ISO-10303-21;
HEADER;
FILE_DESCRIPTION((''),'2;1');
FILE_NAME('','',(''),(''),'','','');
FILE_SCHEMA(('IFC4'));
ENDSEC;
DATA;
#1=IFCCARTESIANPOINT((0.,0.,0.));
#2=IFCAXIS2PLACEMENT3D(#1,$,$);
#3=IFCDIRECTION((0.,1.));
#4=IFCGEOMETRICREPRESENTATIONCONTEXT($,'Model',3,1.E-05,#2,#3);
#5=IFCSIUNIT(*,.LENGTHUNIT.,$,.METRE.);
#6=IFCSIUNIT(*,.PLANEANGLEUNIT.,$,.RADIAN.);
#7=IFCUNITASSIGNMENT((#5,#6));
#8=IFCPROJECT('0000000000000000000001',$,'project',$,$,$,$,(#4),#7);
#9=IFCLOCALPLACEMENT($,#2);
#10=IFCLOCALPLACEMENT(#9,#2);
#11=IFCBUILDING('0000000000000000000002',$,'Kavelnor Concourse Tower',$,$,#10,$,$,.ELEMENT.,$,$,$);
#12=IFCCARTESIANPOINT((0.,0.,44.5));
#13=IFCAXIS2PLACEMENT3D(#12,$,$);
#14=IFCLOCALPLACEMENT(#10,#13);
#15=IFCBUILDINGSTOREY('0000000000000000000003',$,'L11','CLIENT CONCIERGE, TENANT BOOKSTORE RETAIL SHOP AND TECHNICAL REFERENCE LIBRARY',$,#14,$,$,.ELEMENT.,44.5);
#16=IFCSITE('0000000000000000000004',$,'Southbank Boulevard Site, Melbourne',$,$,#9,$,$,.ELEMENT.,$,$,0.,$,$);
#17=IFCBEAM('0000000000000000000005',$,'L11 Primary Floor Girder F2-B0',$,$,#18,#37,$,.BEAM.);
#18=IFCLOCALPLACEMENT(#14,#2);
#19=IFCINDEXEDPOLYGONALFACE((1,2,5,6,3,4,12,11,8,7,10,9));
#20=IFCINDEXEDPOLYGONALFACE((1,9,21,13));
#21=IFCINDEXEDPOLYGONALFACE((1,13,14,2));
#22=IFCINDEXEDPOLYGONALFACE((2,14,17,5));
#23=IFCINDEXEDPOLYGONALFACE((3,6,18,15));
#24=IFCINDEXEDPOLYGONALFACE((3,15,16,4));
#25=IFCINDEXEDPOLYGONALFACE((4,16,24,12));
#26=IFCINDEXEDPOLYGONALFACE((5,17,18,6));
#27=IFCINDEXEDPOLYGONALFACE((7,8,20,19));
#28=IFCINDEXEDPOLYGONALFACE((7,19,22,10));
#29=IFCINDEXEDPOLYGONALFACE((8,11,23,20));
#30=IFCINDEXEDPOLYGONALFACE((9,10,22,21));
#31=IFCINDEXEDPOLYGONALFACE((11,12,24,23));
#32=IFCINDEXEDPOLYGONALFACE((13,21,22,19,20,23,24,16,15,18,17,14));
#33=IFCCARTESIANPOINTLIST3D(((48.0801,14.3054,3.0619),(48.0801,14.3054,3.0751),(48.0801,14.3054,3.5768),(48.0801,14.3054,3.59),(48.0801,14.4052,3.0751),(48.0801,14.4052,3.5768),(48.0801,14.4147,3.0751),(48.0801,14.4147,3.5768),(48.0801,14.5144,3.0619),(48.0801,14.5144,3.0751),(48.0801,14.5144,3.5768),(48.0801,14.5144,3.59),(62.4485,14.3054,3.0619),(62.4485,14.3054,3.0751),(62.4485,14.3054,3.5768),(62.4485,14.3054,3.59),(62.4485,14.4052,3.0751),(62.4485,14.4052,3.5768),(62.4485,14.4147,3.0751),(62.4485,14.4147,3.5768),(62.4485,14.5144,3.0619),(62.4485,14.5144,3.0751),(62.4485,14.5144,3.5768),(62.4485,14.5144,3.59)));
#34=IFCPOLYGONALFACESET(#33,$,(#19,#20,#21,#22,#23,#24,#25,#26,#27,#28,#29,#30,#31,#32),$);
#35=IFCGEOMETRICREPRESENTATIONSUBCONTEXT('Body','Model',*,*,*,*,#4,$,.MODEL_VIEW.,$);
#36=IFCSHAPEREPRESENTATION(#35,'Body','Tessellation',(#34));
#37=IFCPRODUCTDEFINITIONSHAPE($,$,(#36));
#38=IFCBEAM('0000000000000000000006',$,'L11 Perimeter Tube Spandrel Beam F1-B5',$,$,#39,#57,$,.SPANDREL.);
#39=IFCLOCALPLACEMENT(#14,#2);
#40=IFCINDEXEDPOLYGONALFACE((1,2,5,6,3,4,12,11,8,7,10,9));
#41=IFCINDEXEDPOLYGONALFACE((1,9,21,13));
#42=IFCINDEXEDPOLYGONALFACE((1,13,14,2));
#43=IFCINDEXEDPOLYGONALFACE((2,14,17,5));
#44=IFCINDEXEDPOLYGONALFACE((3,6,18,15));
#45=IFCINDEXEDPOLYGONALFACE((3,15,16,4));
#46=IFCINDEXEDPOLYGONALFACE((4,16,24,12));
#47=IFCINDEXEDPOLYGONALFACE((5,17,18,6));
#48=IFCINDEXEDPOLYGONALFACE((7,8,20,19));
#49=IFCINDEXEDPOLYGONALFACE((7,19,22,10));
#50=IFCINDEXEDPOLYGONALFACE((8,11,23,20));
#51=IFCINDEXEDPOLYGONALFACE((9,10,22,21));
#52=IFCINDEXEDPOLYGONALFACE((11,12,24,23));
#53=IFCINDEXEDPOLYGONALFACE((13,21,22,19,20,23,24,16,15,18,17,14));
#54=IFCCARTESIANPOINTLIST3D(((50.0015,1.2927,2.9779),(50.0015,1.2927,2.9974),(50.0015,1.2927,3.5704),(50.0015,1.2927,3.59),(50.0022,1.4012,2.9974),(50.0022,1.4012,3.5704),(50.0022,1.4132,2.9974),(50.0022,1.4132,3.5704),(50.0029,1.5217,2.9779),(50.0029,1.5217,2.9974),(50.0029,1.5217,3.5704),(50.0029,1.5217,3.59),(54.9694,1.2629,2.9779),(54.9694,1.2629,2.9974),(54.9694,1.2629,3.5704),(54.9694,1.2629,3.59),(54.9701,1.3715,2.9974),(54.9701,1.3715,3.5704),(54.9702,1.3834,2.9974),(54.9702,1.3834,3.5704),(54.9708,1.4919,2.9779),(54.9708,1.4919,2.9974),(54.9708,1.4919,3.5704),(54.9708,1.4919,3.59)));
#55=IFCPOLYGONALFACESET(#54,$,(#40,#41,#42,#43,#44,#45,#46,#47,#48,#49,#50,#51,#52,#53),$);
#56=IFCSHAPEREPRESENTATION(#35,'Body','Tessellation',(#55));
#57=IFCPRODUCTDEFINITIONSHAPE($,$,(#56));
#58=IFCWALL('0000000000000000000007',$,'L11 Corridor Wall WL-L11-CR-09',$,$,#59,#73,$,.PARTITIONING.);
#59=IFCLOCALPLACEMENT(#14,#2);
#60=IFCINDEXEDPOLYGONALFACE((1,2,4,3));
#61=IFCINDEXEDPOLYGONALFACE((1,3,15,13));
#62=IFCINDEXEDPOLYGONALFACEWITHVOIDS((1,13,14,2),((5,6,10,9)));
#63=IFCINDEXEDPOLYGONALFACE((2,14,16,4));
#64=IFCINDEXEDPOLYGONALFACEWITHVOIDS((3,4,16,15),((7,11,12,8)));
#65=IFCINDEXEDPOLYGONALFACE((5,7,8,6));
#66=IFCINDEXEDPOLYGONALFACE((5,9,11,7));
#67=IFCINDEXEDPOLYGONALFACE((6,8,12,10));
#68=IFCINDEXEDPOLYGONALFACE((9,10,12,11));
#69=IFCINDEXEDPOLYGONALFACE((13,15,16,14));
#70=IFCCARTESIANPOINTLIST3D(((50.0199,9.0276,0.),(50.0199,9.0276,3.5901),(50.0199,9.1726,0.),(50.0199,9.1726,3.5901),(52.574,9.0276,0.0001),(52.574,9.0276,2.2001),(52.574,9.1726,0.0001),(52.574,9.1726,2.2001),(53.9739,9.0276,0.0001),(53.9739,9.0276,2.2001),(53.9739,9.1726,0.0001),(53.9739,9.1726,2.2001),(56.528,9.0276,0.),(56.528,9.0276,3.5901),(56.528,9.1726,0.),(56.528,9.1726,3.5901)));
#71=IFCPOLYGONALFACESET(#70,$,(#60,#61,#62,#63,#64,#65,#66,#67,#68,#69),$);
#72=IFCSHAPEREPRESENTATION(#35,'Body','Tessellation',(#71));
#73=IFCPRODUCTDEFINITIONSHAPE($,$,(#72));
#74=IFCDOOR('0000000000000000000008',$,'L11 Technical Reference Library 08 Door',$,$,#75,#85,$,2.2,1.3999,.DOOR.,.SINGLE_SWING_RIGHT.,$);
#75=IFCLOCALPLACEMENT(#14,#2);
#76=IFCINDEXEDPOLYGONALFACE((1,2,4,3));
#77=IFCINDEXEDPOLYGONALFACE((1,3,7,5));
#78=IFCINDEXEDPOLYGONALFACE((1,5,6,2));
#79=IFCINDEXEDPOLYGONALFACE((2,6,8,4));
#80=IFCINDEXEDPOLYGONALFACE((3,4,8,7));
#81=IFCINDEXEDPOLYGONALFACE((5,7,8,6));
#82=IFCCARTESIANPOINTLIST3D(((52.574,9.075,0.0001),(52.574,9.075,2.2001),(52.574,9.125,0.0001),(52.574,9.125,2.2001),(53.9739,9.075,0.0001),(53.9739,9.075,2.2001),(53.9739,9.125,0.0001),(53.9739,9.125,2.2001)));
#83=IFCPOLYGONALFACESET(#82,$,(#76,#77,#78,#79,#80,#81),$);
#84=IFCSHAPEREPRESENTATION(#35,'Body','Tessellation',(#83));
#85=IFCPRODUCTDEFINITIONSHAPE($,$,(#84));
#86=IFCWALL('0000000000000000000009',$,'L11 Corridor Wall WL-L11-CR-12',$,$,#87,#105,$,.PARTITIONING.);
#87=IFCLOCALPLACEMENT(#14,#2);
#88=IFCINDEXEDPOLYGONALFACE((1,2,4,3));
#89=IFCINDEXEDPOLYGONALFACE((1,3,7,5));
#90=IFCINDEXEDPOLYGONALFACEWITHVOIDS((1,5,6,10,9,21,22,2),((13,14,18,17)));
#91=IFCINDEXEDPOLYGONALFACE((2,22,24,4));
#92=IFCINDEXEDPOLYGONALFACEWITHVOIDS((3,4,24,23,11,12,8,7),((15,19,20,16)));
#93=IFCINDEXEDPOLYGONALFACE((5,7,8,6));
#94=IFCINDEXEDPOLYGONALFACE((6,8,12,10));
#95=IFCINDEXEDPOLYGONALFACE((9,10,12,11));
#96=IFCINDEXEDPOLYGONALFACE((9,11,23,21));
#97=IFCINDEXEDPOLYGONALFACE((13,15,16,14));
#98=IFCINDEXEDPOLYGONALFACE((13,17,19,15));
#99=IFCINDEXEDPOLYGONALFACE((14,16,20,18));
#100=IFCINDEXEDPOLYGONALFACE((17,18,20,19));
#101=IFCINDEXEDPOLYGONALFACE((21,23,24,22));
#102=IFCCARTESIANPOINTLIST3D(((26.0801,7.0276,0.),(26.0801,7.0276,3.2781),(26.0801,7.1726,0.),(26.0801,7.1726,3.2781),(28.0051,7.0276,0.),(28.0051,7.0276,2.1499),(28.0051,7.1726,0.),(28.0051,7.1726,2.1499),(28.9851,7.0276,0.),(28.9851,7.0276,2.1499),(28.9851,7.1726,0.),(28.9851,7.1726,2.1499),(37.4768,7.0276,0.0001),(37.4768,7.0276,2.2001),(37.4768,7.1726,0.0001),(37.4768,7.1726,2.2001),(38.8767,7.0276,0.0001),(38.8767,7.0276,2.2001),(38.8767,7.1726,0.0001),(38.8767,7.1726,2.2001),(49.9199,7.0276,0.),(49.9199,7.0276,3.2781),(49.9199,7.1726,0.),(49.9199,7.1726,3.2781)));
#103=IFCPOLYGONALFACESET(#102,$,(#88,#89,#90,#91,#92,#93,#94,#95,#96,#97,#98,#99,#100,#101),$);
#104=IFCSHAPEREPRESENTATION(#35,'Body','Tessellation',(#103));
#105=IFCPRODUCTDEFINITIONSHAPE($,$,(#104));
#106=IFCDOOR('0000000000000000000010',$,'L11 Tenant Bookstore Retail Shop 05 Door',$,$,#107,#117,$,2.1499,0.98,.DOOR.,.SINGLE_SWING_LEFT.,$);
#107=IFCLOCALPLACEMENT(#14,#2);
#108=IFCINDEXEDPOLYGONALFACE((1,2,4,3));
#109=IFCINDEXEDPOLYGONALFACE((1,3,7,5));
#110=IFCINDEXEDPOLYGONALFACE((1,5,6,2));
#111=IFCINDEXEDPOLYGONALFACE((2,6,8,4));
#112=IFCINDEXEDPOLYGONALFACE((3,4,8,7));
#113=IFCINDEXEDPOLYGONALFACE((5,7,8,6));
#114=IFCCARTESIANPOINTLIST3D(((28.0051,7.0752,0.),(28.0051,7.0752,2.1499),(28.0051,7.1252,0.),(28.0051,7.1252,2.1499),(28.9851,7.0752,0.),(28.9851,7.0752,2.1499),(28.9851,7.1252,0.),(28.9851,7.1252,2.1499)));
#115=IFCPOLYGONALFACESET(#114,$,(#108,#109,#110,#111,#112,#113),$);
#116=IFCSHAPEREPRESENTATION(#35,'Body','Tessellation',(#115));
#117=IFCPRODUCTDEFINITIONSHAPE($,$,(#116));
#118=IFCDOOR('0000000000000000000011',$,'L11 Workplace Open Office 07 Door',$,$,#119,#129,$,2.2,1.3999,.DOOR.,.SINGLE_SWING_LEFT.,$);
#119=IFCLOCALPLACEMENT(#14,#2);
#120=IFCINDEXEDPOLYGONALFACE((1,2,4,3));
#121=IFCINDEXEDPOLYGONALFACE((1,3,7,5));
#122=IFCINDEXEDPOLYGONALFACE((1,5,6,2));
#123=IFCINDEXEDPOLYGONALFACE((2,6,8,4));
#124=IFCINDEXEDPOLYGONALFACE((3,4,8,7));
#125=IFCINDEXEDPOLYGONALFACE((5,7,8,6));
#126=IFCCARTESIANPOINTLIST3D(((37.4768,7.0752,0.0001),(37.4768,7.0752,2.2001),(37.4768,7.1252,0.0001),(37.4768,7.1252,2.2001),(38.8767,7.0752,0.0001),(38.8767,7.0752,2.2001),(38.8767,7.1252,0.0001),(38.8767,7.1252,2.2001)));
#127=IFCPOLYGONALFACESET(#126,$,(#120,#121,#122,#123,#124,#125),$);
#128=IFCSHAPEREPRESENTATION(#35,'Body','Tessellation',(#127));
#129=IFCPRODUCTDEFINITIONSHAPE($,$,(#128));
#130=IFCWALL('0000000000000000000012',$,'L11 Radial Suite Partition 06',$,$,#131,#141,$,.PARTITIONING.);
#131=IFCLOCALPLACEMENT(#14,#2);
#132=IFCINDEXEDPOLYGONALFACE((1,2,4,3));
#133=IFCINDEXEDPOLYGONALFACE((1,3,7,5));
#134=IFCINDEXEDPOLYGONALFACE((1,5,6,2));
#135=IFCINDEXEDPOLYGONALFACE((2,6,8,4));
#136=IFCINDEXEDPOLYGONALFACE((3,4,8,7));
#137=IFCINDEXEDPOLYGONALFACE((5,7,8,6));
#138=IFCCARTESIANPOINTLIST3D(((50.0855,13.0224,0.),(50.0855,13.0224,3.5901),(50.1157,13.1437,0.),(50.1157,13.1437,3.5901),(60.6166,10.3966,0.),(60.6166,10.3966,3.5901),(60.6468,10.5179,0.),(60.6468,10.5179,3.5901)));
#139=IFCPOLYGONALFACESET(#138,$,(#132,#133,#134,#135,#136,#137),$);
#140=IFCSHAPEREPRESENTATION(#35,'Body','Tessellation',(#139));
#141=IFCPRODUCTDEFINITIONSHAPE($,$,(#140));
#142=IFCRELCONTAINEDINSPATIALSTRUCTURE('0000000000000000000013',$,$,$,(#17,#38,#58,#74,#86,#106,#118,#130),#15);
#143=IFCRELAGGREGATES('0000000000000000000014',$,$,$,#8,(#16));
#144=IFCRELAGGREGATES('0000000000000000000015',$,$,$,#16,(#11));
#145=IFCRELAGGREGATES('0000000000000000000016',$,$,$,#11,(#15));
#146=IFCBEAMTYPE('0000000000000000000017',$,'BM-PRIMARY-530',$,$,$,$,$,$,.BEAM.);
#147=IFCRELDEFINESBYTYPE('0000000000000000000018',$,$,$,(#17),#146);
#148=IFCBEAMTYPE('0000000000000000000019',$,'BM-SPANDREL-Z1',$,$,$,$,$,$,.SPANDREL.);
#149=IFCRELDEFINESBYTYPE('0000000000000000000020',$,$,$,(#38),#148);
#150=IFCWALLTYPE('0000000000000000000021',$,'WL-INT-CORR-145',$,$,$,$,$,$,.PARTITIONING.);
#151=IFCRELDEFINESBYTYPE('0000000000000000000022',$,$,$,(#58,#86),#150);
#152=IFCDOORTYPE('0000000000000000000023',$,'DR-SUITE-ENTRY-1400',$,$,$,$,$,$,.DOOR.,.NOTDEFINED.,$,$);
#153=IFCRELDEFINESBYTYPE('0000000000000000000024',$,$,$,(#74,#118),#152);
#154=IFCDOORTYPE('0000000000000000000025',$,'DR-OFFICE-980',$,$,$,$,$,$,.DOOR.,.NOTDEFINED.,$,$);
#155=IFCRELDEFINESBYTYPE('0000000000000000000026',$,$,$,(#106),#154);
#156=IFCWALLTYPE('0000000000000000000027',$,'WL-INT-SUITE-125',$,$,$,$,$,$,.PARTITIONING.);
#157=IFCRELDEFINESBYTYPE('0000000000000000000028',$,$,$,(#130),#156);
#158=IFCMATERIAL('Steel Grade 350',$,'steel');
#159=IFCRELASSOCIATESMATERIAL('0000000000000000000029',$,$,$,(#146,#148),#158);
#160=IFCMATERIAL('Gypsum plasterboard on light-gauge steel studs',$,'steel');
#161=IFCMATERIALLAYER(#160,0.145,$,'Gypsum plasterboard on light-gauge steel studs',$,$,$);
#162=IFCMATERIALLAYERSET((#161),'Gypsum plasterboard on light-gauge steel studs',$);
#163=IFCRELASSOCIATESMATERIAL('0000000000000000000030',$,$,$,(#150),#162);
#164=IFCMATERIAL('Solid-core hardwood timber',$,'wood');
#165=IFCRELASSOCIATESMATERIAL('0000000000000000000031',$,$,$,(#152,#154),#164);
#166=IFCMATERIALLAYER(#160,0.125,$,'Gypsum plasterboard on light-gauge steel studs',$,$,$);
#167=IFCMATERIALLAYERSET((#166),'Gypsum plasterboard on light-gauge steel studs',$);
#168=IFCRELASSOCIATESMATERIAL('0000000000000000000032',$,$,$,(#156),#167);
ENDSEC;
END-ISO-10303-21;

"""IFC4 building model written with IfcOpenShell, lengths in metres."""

from ifc_helpers import new_model, si_unit, direction, frame, frame_2d, origin, origin_2d, place, context, subcontext, project, spatial, rectangle, i_section, extrude, material, layer, layer_set, material_profile, profile_set, type_object, element, fill, save


model = new_model("IFC4")

# Units and contexts
model_context = context("Model", 3, precision=1e-05, world=origin(), true_north=direction((0.0, 1.0)))
body_context = subcontext(model_context, "Body", "Model", "MODEL_VIEW")
ifc_project = project(units=[si_unit("LENGTHUNIT", "METRE"), si_unit("PLANEANGLEUNIT", "RADIAN")], contexts=[model_context])

# Site, building, storey
site_placement = place(None, origin())
site = spatial("IfcSite", under=ifc_project, at=site_placement, Name="Southbank Boulevard Site, Melbourne", CompositionType="ELEMENT", RefElevation=0.0)
building_placement = place(site_placement, origin())
building = spatial("IfcBuilding", under=site, at=building_placement, Name="Kavelnor Concourse Tower", CompositionType="ELEMENT")
storey_placement = place(building_placement, frame((0.0, 0.0, 44.5)))
storey = spatial("IfcBuildingStorey", under=building, at=storey_placement, Name="L11", Description="CLIENT CONCIERGE, TENANT BOOKSTORE RETAIL SHOP AND TECHNICAL REFERENCE LIBRARY", CompositionType="ELEMENT", Elevation=44.5)

# Shared definitions
ifc_material_1 = material(Name="Steel Grade 350", Category="steel")

# Beams
ifc_material_profile_1 = material_profile(ifc_material_1, i_section(OverallWidth=0.209, OverallDepth=0.5281, WebThickness=0.0095, FlangeThickness=0.0132, at=origin_2d()), Name="530UB82")
ifc_profile_set_1 = profile_set([ifc_material_profile_1], Name="Steel Grade 350")
beam_type_1 = type_object("IfcBeamType", Name="BM-PRIMARY-530", PredefinedType="BEAM", material=ifc_profile_set_1)
beam_1_placement = place(storey_placement, frame((48.0801, 14.4099, 3.3259), z_axis=(1.0, 0.0, 0.0), x_axis=(0.0, 1.0, 0.0)))
element("IfcBeam", 1, at=beam_1_placement, inside=storey, type_object=beam_type_1, Name="L11 Primary Floor Girder F2-B0", PredefinedType="BEAM", context=body_context, shape_type="SweptSolid", body=[
    extrude(i_section(OverallWidth=0.209, OverallDepth=0.5281, WebThickness=0.0095, FlangeThickness=0.0132, at=origin_2d()), origin(), (0.0, 0.0, 1.0), 14.3684),
])
ifc_material_profile_2 = material_profile(ifc_material_1, i_section(OverallWidth=0.229, OverallDepth=0.6121, WebThickness=0.012, FlangeThickness=0.0195, at=origin_2d()), Name="610UB125")
ifc_profile_set_2 = profile_set([ifc_material_profile_2], Name="Steel Grade 350")
beam_type_2 = type_object("IfcBeamType", Name="BM-SPANDREL-Z1", PredefinedType="SPANDREL", material=ifc_profile_set_2)
beam_2_placement = place(storey_placement, frame((50.0022, 1.4072, 3.2839), z_axis=(0.999982, -0.005995, 0.0), x_axis=(0.005995, 0.999982, 0.0)))
element("IfcBeam", 2, at=beam_2_placement, inside=storey, type_object=beam_type_2, Name="L11 Perimeter Tube Spandrel Beam F1-B5", PredefinedType="SPANDREL", context=body_context, shape_type="SweptSolid", body=[
    extrude(i_section(OverallWidth=0.229, OverallDepth=0.6121, WebThickness=0.012, FlangeThickness=0.0195, at=origin_2d()), origin(), (0.0, 0.0, 1.0), 4.968),
])

# Wall, opening, door
ifc_material_2 = material(Name="Gypsum plasterboard on light-gauge steel studs", Category="steel")
ifc_layer_1 = layer(ifc_material_2, 0.145, Name="Gypsum plasterboard on light-gauge steel studs")
ifc_layer_set_1 = layer_set([ifc_layer_1], Name="Gypsum plasterboard on light-gauge steel studs")
wall_type_1 = type_object("IfcWallType", Name="WL-INT-CORR-145", PredefinedType="PARTITIONING", material=ifc_layer_set_1)
wall_1_placement = place(storey_placement, frame((50.02, 9.1001, 0.0), z_axis=(0.0, 0.0, 1.0), x_axis=(1.0, 0.0, 0.0)))
wall_1 = element("IfcWall", 3, at=wall_1_placement, inside=storey, type_object=wall_type_1, Name="L11 Corridor Wall WL-L11-CR-09", PredefinedType="PARTITIONING", context=body_context, shape_type="SweptSolid", body=[
    extrude(rectangle(XDim=6.5081, YDim=0.145, at=frame_2d((3.2539, 0.0))), origin(), (0.0, 0.0, 1.0), 3.5901),
])
opening_1_placement = place(wall_1_placement, frame((2.554, 0.0, 0.0)))
opening_1 = element("IfcOpeningElement", 4, at=opening_1_placement, cuts=wall_1, PredefinedType="OPENING", context=body_context, shape_type="SweptSolid", body=[
    extrude(rectangle(XDim=1.3999, YDim=2.2, at=frame_2d((0.7, 1.1001))), frame((0.0, 0.0825, 0.0), z_axis=(0.0, -1.0, 0.0), x_axis=(1.0, 0.0, 0.0)), (0.0, 0.0, 1.0), 0.165),
])
ifc_material_3 = material(Name="Solid-core hardwood timber", Category="wood")
door_type_1 = type_object("IfcDoorType", Name="DR-SUITE-ENTRY-1400", OperationType="NOTDEFINED", PredefinedType="DOOR", material=ifc_material_3)
door_1_placement = place(opening_1_placement, origin())
door_1 = element("IfcDoor", 5, at=door_1_placement, inside=storey, type_object=door_type_1, Name="L11 Technical Reference Library 08 Door", OperationType="SINGLE_SWING_RIGHT", OverallHeight=2.2, OverallWidth=1.3999, PredefinedType="DOOR", context=body_context, shape_type="SweptSolid", body=[
    extrude(rectangle(XDim=1.3999, YDim=2.2, at=frame_2d((0.7, 1.1001))), frame((0.0, 0.0249, 0.0), z_axis=(0.0, -1.0, 0.0), x_axis=(1.0, 0.0, 0.0)), (0.0, 0.0, 1.0), 0.05),
])
fill(opening_1, door_1)

# Wall, openings, doors
wall_2_placement = place(storey_placement, frame((49.9199, 7.1001, 0.0), z_axis=(0.0, 0.0, 1.0), x_axis=(-1.0, 0.0, 0.0)))
wall_2 = element("IfcWall", 6, at=wall_2_placement, inside=storey, type_object=wall_type_1, Name="L11 Corridor Wall WL-L11-CR-12", PredefinedType="PARTITIONING", context=body_context, shape_type="SweptSolid", body=[
    extrude(rectangle(XDim=23.8398, YDim=0.145, at=frame_2d((11.9199, 0.0))), origin(), (0.0, 0.0, 1.0), 3.2781),
])
opening_2_placement = place(wall_2_placement, frame((20.9348, 0.0, 0.0)))
opening_2 = element("IfcOpeningElement", 7, at=opening_2_placement, cuts=wall_2, PredefinedType="OPENING", context=body_context, shape_type="SweptSolid", body=[
    extrude(rectangle(XDim=0.98, YDim=2.1499, at=frame_2d((0.49, 1.075))), frame((0.0, 0.0825, 0.0), z_axis=(0.0, -1.0, 0.0), x_axis=(1.0, 0.0, 0.0)), (0.0, 0.0, 1.0), 0.165),
])
opening_3_placement = place(wall_2_placement, frame((11.0432, 0.0, 0.0)))
opening_3 = element("IfcOpeningElement", 8, at=opening_3_placement, cuts=wall_2, PredefinedType="OPENING", context=body_context, shape_type="SweptSolid", body=[
    extrude(rectangle(XDim=1.3999, YDim=2.2, at=frame_2d((0.7, 1.1001))), frame((0.0, 0.0825, 0.0), z_axis=(0.0, -1.0, 0.0), x_axis=(1.0, 0.0, 0.0)), (0.0, 0.0, 1.0), 0.165),
])
door_type_2 = type_object("IfcDoorType", Name="DR-OFFICE-980", OperationType="NOTDEFINED", PredefinedType="DOOR", material=ifc_material_3)
door_2_placement = place(opening_2_placement, origin())
door_2 = element("IfcDoor", 9, at=door_2_placement, inside=storey, type_object=door_type_2, Name="L11 Tenant Bookstore Retail Shop 05 Door", OperationType="SINGLE_SWING_LEFT", OverallHeight=2.1499, OverallWidth=0.98, PredefinedType="DOOR", context=body_context, shape_type="SweptSolid", body=[
    extrude(rectangle(XDim=0.98, YDim=2.1499, at=frame_2d((0.49, 1.075))), frame((0.0, 0.0249, 0.0), z_axis=(0.0, -1.0, 0.0), x_axis=(1.0, 0.0, 0.0)), (0.0, 0.0, 1.0), 0.05),
])
fill(opening_2, door_2)
door_3_placement = place(opening_3_placement, origin())
door_3 = element("IfcDoor", 10, at=door_3_placement, inside=storey, type_object=door_type_1, Name="L11 Workplace Open Office 07 Door", OperationType="SINGLE_SWING_LEFT", OverallHeight=2.2, OverallWidth=1.3999, PredefinedType="DOOR", context=body_context, shape_type="SweptSolid", body=[
    extrude(rectangle(XDim=1.3999, YDim=2.2, at=frame_2d((0.7, 1.1001))), frame((0.0, 0.0249, 0.0), z_axis=(0.0, -1.0, 0.0), x_axis=(1.0, 0.0, 0.0)), (0.0, 0.0, 1.0), 0.05),
])
fill(opening_3, door_3)

# Wall
ifc_layer_2 = layer(ifc_material_2, 0.125, Name="Gypsum plasterboard on light-gauge steel studs")
ifc_layer_set_2 = layer_set([ifc_layer_2], Name="Gypsum plasterboard on light-gauge steel studs")
wall_type_2 = type_object("IfcWallType", Name="WL-INT-SUITE-125", PredefinedType="PARTITIONING", material=ifc_layer_set_2)
wall_3_placement = place(storey_placement, frame((50.1006, 13.083, 0.0), z_axis=(0.0, 0.0, 1.0), x_axis=(0.970294, -0.241927, 0.0)))
element("IfcWall", 11, at=wall_3_placement, inside=storey, type_object=wall_type_2, Name="L11 Radial Suite Partition 06", PredefinedType="PARTITIONING", context=body_context, shape_type="SweptSolid", body=[
    extrude(rectangle(XDim=10.8535, YDim=0.125, at=frame_2d((5.4268, 0.0))), origin(), (0.0, 0.0, 1.0), 3.5901),
])

save(model, "model.ifc")
